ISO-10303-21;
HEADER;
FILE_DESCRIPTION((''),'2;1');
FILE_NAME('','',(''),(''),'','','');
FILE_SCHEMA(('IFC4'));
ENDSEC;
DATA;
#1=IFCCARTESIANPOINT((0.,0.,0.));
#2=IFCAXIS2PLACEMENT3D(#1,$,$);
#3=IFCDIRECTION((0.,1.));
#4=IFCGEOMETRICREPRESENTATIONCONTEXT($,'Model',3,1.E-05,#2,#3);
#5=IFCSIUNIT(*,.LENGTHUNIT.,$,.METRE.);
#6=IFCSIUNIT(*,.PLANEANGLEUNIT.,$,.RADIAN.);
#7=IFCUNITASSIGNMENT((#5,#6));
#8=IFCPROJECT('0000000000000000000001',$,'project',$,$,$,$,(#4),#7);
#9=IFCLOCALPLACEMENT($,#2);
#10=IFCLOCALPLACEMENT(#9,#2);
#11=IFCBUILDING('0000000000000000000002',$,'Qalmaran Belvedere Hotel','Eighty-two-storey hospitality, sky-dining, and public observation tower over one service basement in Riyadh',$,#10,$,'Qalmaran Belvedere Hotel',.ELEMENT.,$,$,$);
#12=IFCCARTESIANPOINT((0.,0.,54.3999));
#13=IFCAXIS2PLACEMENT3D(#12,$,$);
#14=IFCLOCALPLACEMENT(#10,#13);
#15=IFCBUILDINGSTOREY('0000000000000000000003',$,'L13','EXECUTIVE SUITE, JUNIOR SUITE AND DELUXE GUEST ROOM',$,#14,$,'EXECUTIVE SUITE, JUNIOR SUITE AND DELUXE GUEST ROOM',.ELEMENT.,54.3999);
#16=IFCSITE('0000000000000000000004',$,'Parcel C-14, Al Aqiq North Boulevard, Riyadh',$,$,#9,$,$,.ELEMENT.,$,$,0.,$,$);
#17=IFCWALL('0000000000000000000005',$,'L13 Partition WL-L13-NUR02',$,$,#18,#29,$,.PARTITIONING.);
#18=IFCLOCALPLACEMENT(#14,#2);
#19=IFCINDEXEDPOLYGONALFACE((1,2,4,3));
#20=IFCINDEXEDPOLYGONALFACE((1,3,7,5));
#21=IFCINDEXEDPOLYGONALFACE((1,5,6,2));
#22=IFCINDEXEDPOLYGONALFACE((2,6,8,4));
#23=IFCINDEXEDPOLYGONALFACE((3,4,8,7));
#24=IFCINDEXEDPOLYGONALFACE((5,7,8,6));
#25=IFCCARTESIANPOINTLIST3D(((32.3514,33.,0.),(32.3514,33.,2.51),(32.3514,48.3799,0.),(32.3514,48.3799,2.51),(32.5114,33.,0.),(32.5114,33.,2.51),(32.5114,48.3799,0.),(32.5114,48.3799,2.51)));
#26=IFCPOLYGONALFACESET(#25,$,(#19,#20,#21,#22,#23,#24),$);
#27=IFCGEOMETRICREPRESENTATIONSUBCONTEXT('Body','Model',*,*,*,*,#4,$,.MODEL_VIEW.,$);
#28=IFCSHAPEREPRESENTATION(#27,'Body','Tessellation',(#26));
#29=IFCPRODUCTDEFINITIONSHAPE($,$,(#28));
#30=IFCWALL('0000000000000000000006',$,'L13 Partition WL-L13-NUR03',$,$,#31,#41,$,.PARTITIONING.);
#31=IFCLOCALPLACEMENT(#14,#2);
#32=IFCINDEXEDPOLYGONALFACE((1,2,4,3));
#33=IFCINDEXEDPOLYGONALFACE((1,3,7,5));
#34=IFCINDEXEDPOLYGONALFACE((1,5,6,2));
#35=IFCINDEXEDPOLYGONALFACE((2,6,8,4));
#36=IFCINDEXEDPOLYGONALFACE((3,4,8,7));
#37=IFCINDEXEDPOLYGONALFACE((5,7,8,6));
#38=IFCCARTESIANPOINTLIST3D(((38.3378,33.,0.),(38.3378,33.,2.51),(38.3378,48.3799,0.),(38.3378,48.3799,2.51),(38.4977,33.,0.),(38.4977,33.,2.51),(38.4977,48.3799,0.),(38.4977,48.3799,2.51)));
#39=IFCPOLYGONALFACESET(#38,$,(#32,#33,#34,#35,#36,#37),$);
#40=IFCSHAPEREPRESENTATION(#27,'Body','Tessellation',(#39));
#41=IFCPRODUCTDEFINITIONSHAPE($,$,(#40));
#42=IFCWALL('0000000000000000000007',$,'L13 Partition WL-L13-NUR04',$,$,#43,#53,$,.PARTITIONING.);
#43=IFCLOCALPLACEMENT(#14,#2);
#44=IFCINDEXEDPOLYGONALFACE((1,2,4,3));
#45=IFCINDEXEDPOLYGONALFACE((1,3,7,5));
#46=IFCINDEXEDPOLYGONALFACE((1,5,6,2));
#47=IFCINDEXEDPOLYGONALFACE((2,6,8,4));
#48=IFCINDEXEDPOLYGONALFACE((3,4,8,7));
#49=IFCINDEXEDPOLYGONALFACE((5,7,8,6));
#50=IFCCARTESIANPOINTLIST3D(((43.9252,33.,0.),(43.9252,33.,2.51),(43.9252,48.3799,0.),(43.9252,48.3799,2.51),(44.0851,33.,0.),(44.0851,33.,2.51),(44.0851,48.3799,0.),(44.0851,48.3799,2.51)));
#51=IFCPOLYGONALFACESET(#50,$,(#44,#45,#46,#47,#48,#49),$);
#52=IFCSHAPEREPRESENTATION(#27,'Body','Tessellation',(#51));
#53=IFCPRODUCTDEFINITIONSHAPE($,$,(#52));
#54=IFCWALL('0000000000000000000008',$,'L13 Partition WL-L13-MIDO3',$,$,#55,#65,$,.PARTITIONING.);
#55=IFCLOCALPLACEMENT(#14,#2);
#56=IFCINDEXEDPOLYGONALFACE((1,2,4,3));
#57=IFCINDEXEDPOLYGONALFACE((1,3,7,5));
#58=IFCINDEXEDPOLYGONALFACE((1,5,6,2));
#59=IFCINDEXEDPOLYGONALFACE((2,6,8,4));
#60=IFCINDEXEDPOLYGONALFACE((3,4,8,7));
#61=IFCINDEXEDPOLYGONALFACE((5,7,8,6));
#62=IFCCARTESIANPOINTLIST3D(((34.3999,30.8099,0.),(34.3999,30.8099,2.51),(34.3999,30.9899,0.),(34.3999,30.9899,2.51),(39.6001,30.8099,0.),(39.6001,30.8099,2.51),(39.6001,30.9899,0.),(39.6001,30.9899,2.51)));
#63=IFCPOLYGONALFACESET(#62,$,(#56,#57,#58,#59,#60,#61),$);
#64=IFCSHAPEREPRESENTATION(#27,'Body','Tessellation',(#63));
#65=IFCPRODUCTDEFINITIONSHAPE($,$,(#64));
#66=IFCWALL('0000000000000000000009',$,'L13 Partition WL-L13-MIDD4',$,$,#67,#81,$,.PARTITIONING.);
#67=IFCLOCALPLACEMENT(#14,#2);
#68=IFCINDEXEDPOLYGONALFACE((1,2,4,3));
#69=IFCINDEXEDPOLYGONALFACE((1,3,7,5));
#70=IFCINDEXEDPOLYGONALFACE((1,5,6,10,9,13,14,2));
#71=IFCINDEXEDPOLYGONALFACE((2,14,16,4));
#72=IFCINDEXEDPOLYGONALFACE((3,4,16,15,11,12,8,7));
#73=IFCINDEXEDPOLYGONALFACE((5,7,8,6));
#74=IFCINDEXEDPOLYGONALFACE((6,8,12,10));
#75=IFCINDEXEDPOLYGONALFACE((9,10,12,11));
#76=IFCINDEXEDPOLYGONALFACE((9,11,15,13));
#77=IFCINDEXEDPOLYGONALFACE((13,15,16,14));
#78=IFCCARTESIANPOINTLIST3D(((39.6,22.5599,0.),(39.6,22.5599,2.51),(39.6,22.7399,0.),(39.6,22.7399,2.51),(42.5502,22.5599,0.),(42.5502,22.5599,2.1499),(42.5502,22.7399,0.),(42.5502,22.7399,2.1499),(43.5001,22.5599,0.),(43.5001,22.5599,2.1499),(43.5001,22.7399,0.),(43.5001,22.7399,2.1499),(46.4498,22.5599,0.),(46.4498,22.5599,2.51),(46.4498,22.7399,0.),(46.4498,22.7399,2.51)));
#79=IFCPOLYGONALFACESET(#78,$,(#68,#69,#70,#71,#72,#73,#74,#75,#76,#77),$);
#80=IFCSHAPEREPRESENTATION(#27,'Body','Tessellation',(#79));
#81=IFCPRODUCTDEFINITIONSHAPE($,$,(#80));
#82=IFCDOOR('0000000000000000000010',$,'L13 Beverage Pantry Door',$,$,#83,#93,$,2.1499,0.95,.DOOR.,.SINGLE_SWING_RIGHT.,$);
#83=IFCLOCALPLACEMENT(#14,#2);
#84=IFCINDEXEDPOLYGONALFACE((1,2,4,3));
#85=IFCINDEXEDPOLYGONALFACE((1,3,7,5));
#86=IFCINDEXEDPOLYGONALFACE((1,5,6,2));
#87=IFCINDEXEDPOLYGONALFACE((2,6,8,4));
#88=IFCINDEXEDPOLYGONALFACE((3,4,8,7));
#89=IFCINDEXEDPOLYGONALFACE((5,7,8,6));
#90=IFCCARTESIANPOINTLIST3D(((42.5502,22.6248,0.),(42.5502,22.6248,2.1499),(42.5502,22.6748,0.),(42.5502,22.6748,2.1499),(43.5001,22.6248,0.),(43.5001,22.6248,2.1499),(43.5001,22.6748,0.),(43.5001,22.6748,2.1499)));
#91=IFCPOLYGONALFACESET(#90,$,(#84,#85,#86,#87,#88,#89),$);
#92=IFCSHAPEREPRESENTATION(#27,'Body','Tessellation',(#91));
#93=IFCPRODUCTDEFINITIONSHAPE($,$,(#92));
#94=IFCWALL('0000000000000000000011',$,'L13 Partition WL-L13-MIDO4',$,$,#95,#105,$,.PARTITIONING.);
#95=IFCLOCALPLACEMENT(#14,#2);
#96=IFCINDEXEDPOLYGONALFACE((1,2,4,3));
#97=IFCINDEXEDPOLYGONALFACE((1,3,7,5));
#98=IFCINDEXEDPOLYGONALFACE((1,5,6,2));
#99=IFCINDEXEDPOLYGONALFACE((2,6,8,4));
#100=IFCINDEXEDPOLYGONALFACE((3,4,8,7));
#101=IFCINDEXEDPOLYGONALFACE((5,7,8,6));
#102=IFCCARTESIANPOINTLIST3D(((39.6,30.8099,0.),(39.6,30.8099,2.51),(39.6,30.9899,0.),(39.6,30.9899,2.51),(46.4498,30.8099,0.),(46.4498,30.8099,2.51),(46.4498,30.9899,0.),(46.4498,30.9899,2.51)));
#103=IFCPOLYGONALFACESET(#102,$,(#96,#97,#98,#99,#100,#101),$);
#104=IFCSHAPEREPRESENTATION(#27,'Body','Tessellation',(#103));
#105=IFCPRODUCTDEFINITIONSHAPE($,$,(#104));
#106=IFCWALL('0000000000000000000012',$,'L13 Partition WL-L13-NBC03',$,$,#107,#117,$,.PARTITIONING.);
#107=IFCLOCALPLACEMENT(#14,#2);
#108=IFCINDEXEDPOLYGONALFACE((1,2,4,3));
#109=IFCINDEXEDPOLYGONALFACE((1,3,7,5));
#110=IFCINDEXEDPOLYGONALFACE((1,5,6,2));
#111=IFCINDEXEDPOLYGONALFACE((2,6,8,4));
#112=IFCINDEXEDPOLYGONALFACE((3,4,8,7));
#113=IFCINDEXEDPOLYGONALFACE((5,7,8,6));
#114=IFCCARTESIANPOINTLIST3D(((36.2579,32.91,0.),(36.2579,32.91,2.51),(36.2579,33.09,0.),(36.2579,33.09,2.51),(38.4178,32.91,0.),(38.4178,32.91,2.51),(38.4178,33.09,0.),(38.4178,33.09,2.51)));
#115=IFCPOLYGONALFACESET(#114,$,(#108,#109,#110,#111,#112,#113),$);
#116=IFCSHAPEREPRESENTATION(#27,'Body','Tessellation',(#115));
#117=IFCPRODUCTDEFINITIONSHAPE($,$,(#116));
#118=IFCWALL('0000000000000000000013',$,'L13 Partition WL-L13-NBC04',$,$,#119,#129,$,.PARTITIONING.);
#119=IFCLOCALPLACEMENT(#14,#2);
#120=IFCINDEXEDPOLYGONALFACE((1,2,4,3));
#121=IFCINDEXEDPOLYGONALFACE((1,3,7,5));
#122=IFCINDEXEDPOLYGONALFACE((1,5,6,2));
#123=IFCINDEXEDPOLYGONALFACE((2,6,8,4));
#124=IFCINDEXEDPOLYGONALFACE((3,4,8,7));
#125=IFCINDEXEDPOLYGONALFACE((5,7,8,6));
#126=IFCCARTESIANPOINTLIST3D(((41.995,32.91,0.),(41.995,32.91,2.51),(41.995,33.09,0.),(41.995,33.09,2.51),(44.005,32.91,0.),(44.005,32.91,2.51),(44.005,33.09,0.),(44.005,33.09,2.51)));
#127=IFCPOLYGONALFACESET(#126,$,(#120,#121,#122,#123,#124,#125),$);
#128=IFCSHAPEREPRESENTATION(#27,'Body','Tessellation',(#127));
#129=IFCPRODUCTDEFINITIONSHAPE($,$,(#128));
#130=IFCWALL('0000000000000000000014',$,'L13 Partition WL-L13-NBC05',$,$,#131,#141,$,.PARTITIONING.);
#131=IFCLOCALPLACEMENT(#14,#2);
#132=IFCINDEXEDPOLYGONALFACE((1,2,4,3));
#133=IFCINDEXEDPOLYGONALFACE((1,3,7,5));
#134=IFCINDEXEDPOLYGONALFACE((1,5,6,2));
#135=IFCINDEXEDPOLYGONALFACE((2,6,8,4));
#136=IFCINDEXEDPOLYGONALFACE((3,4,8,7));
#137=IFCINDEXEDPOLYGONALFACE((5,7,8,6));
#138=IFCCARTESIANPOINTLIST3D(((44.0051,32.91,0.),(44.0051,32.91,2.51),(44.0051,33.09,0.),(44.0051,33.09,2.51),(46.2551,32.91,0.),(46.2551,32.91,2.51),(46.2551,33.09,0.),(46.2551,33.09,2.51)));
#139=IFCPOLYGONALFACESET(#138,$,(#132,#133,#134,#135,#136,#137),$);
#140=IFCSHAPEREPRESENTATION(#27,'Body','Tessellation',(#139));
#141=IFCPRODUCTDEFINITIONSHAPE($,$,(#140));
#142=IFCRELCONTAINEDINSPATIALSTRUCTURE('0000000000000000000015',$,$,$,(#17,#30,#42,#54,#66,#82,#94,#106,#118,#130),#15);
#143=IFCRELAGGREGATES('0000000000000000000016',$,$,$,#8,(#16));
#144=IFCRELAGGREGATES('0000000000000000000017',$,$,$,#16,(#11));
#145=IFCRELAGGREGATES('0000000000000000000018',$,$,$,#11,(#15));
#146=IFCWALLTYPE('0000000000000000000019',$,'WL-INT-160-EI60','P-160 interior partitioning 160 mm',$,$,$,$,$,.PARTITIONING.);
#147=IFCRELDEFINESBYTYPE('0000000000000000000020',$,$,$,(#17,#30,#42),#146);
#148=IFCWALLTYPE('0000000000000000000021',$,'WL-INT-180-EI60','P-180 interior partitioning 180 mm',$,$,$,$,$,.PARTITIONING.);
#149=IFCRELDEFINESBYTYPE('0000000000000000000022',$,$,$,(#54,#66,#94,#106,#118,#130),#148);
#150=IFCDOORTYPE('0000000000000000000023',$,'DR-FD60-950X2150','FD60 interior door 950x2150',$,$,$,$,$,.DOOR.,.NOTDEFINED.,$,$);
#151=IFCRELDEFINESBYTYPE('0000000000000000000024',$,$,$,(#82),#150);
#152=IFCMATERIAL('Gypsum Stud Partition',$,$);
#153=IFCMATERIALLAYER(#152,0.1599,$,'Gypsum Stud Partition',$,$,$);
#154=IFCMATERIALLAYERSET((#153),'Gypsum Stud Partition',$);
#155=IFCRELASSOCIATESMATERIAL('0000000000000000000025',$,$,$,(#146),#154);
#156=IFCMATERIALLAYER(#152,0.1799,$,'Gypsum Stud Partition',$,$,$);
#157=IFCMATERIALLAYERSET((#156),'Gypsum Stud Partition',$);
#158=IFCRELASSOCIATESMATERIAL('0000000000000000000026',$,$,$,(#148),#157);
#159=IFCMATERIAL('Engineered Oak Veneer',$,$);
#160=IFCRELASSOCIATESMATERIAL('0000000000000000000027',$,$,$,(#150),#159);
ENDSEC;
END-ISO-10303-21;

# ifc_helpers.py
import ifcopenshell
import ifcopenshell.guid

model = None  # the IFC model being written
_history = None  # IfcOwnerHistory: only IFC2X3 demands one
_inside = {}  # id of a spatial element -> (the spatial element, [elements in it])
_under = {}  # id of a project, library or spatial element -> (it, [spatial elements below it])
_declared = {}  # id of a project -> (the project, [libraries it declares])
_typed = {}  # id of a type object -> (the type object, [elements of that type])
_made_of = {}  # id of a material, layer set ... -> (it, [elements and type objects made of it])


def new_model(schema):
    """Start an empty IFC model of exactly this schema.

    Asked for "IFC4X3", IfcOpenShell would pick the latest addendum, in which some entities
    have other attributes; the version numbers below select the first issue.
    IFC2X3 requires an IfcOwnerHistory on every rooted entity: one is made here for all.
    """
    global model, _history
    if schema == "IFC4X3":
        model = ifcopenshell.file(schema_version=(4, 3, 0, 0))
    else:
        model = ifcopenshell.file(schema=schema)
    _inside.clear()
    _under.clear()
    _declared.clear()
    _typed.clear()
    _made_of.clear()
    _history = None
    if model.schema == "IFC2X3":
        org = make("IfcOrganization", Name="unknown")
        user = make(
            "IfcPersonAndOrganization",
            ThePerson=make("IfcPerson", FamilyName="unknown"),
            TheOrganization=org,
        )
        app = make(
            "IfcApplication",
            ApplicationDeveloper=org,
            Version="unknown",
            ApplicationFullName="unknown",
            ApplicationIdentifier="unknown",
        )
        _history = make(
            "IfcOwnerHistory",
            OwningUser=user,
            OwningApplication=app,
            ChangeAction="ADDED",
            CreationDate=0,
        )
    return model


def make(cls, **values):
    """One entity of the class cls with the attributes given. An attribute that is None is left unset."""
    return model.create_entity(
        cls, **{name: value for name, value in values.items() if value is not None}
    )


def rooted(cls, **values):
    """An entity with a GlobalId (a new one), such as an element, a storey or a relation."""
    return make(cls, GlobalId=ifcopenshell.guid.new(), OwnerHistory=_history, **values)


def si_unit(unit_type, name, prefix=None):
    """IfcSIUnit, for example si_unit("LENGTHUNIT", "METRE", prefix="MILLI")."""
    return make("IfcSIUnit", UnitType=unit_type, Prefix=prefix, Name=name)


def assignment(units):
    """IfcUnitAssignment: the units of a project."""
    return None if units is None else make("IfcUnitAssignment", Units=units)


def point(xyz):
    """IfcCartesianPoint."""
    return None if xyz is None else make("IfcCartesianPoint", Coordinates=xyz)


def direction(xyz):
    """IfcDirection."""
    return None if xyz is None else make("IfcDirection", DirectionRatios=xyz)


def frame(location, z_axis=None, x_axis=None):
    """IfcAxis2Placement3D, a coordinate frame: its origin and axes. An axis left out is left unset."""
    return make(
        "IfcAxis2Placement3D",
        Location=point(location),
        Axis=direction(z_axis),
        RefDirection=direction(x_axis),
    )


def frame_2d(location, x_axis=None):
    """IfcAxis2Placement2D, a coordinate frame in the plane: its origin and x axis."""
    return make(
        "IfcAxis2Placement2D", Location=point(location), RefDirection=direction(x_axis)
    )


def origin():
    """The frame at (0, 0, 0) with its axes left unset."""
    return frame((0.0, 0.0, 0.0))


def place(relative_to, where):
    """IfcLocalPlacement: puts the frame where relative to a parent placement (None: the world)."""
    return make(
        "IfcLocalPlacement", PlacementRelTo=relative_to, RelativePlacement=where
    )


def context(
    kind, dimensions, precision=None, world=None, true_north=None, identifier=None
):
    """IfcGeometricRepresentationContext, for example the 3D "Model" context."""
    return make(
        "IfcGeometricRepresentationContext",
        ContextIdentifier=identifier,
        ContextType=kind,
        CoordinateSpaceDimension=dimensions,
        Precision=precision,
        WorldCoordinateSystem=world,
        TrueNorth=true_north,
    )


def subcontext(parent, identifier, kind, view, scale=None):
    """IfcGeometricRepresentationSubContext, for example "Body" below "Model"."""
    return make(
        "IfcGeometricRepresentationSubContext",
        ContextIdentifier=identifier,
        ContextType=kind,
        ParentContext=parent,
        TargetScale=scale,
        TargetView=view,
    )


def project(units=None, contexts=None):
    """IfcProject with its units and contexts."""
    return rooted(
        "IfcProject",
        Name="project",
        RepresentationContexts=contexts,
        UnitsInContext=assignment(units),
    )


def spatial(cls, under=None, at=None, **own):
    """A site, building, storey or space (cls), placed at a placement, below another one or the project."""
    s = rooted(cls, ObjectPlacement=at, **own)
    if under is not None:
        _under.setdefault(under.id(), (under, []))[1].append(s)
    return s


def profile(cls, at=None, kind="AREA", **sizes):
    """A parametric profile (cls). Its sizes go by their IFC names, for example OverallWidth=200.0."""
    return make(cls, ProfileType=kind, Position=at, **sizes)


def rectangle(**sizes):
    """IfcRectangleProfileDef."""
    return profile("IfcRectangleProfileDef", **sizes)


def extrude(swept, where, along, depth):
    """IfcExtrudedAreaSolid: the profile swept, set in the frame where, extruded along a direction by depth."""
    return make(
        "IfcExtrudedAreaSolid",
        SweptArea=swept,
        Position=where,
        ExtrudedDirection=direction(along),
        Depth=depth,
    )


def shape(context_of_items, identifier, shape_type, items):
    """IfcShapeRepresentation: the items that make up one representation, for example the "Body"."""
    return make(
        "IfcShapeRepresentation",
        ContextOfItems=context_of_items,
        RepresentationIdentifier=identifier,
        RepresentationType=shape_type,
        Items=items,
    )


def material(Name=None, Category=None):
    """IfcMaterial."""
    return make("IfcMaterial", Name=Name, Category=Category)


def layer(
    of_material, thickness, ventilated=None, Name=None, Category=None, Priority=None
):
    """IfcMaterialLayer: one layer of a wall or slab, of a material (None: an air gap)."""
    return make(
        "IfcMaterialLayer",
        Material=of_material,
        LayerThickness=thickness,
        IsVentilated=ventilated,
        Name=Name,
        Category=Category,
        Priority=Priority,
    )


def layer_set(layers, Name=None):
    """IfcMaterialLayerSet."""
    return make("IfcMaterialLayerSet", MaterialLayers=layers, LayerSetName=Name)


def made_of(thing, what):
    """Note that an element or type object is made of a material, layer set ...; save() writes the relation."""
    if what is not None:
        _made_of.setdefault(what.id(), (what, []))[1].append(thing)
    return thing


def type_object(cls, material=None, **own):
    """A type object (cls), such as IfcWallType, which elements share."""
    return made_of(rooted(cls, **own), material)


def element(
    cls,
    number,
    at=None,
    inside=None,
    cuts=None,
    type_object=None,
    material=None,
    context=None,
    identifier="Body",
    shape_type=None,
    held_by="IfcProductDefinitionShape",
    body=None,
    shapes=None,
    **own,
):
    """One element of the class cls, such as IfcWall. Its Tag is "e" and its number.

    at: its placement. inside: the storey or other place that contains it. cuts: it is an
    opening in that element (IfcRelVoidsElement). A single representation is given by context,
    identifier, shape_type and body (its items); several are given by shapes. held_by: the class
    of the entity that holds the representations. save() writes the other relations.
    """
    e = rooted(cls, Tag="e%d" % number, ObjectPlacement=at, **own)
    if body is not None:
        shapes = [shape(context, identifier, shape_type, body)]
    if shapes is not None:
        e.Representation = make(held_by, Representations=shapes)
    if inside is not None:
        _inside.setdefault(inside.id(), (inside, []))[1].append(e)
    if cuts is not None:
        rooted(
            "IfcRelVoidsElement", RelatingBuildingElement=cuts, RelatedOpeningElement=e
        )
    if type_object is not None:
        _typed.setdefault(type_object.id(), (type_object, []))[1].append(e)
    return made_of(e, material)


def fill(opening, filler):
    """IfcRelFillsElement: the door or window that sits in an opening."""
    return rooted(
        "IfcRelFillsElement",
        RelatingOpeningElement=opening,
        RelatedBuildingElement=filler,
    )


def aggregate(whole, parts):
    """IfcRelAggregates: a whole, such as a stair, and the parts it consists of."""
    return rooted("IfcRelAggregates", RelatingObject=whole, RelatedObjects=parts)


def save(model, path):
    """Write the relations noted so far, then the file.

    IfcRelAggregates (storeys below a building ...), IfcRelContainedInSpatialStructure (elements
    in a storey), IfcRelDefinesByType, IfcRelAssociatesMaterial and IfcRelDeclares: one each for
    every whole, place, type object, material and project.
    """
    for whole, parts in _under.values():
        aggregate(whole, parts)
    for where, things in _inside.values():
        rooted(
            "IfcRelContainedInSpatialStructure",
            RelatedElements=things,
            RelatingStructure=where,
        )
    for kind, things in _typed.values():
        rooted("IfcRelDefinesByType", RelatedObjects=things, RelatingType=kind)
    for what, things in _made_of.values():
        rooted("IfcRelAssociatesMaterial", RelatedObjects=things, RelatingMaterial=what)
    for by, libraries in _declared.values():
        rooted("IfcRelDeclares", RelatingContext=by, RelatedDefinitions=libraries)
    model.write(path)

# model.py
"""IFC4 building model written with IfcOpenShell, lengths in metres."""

from ifc_helpers import new_model, si_unit, direction, frame, frame_2d, origin, place, context, subcontext, project, spatial, rectangle, extrude, material, layer, layer_set, type_object, element, fill, save


model = new_model("IFC4")

# Units and contexts
model_context = context("Model", 3, precision=1e-05, world=origin(), true_north=direction((0.0, 1.0)))
body_context = subcontext(model_context, "Body", "Model", "MODEL_VIEW")
ifc_project = project(units=[si_unit("LENGTHUNIT", "METRE"), si_unit("PLANEANGLEUNIT", "RADIAN")], contexts=[model_context])

# Site, building, storey
site_placement = place(None, origin())
site = spatial("IfcSite", under=ifc_project, at=site_placement, Name="Parcel C-14, Al Aqiq North Boulevard, Riyadh", CompositionType="ELEMENT", RefElevation=0.0)
building_placement = place(site_placement, origin())
building = spatial("IfcBuilding", under=site, at=building_placement, Name="Qalmaran Belvedere Hotel", Description="Eighty-two-storey hospitality, sky-dining, and public observation tower over one service basement in Riyadh", LongName="Qalmaran Belvedere Hotel", CompositionType="ELEMENT")
storey_placement = place(building_placement, frame((0.0, 0.0, 54.3999)))
storey = spatial("IfcBuildingStorey", under=building, at=storey_placement, Name="L13", Description="EXECUTIVE SUITE, JUNIOR SUITE AND DELUXE GUEST ROOM", LongName="EXECUTIVE SUITE, JUNIOR SUITE AND DELUXE GUEST ROOM", CompositionType="ELEMENT", Elevation=54.3999)

# Walls
ifc_material_1 = material(Name="Gypsum Stud Partition")
ifc_layer_1 = layer(ifc_material_1, 0.1599, Name="Gypsum Stud Partition")
ifc_layer_set_1 = layer_set([ifc_layer_1], Name="Gypsum Stud Partition")
wall_type_1 = type_object("IfcWallType", Name="WL-INT-160-EI60", Description="P-160 interior partitioning 160 mm", PredefinedType="PARTITIONING", material=ifc_layer_set_1)
for number, where, z_axis, x_axis, name in (
    (1, (32.4314, 33.0, 0.0), (0.0, 0.0, 1.0), (0.0, 1.0, 0.0), "L13 Partition WL-L13-NUR02"),
    (2, (38.4177, 33.0, 0.0), (0.0, 0.0, 1.0), (0.0, 1.0, 0.0), "L13 Partition WL-L13-NUR03"),
    (3, (44.0051, 33.0, 0.0), (0.0, 0.0, 1.0), (0.0, 1.0, 0.0), "L13 Partition WL-L13-NUR04"),
):
    element("IfcWall", number, at=place(storey_placement, frame(where, z_axis=z_axis, x_axis=x_axis)), inside=storey, type_object=wall_type_1, Name=name, PredefinedType="PARTITIONING", context=body_context, shape_type="SweptSolid", body=[
        extrude(rectangle(XDim=15.3799, YDim=0.1599, at=frame_2d((7.6899, 0.0))), origin(), (0.0, 0.0, 1.0), 2.51),
    ])

# Shared definitions
ifc_layer_2 = layer(ifc_material_1, 0.1799, Name="Gypsum Stud Partition")
ifc_layer_set_2 = layer_set([ifc_layer_2], Name="Gypsum Stud Partition")
wall_type_2 = type_object("IfcWallType", Name="WL-INT-180-EI60", Description="P-180 interior partitioning 180 mm", PredefinedType="PARTITIONING", material=ifc_layer_set_2)
ifc_material_2 = material(Name="Engineered Oak Veneer")
door_type = type_object("IfcDoorType", Name="DR-FD60-950X2150", Description="FD60 interior door 950x2150", OperationType="NOTDEFINED", PredefinedType="DOOR", material=ifc_material_2)

# Wall
wall_1_placement = place(storey_placement, frame((34.3999, 30.8999, 0.0), z_axis=(0.0, 0.0, 1.0), x_axis=(1.0, 0.0, 0.0)))
element("IfcWall", 4, at=wall_1_placement, inside=storey, type_object=wall_type_2, Name="L13 Partition WL-L13-MIDO3", PredefinedType="PARTITIONING", context=body_context, shape_type="SweptSolid", body=[
    extrude(rectangle(XDim=5.2002, YDim=0.1799, at=frame_2d((2.6001, 0.0))), origin(), (0.0, 0.0, 1.0), 2.51),
])

# Wall, opening, door
wall_2_placement = place(storey_placement, frame((39.6001, 22.6499, 0.0), z_axis=(0.0, 0.0, 1.0), x_axis=(1.0, 0.0, 0.0)))
wall_2 = element("IfcWall", 5, at=wall_2_placement, inside=storey, type_object=wall_type_2, Name="L13 Partition WL-L13-MIDD4", PredefinedType="PARTITIONING", context=body_context, shape_type="SweptSolid", body=[
    extrude(rectangle(XDim=6.8499, YDim=0.1799, at=frame_2d((3.4248, 0.0))), origin(), (0.0, 0.0, 1.0), 2.51),
])
opening_1_placement = place(wall_2_placement, frame((2.95, 0.0, 0.0)))
opening_1 = element("IfcOpeningElement", 6, at=opening_1_placement, cuts=wall_2, PredefinedType="OPENING", context=body_context, shape_type="SweptSolid", body=[
    extrude(rectangle(XDim=0.95, YDim=2.1499, at=frame_2d((0.4751, 1.075))), frame((0.0, 0.1001, 0.0), z_axis=(0.0, -1.0, 0.0), x_axis=(1.0, 0.0, 0.0)), (0.0, 0.0, 1.0), 0.2),
])
door_1_placement = place(opening_1_placement, origin())
door_1 = element("IfcDoor", 7, at=door_1_placement, inside=storey, type_object=door_type, Name="L13 Beverage Pantry Door", OperationType="SINGLE_SWING_RIGHT", OverallHeight=2.1499, OverallWidth=0.95, PredefinedType="DOOR", context=body_context, shape_type="SweptSolid", body=[
    extrude(rectangle(XDim=0.95, YDim=2.1499, at=frame_2d((0.4751, 1.075))), frame((0.0, 0.0249, 0.0), z_axis=(0.0, -1.0, 0.0), x_axis=(1.0, 0.0, 0.0)), (0.0, 0.0, 1.0), 0.05),
])
fill(opening_1, door_1)

# Walls
wall_3_placement = place(storey_placement, frame((39.6001, 30.8999, 0.0), z_axis=(0.0, 0.0, 1.0), x_axis=(1.0, 0.0, 0.0)))
element("IfcWall", 8, at=wall_3_placement, inside=storey, type_object=wall_type_2, Name="L13 Partition WL-L13-MIDO4", PredefinedType="PARTITIONING", context=body_context, shape_type="SweptSolid", body=[
    extrude(rectangle(XDim=6.8499, YDim=0.1799, at=frame_2d((3.4248, 0.0))), origin(), (0.0, 0.0, 1.0), 2.51),
])
wall_4_placement = place(storey_placement, frame((36.2578, 33.0, 0.0), z_axis=(0.0, 0.0, 1.0), x_axis=(1.0, 0.0, 0.0)))
element("IfcWall", 9, at=wall_4_placement, inside=storey, type_object=wall_type_2, Name="L13 Partition WL-L13-NBC03", PredefinedType="PARTITIONING", context=body_context, shape_type="SweptSolid", body=[
    extrude(rectangle(XDim=2.1599, YDim=0.1799, at=frame_2d((1.0801, 0.0))), origin(), (0.0, 0.0, 1.0), 2.51),
])

# Wall
wall_5_placement = place(storey_placement, frame((41.9951, 33.0, 0.0), z_axis=(0.0, 0.0, 1.0), x_axis=(1.0, 0.0, 0.0)))
element("IfcWall", 10, at=wall_5_placement, inside=storey, type_object=wall_type_2, Name="L13 Partition WL-L13-NBC04", PredefinedType="PARTITIONING", context=body_context, shape_type="SweptSolid", body=[
    extrude(rectangle(XDim=2.01, YDim=0.1799, at=frame_2d((1.0049, 0.0))), origin(), (0.0, 0.0, 1.0), 2.51),
])

# Wall
wall_6_placement = place(storey_placement, frame((44.0051, 33.0, 0.0), z_axis=(0.0, 0.0, 1.0), x_axis=(1.0, 0.0, 0.0)))
element("IfcWall", 11, at=wall_6_placement, inside=storey, type_object=wall_type_2, Name="L13 Partition WL-L13-NBC05", PredefinedType="PARTITIONING", context=body_context, shape_type="SweptSolid", body=[
    extrude(rectangle(XDim=2.25, YDim=0.1799, at=frame_2d((1.125, 0.0))), origin(), (0.0, 0.0, 1.0), 2.51),
])

save(model, "model.ifc")
